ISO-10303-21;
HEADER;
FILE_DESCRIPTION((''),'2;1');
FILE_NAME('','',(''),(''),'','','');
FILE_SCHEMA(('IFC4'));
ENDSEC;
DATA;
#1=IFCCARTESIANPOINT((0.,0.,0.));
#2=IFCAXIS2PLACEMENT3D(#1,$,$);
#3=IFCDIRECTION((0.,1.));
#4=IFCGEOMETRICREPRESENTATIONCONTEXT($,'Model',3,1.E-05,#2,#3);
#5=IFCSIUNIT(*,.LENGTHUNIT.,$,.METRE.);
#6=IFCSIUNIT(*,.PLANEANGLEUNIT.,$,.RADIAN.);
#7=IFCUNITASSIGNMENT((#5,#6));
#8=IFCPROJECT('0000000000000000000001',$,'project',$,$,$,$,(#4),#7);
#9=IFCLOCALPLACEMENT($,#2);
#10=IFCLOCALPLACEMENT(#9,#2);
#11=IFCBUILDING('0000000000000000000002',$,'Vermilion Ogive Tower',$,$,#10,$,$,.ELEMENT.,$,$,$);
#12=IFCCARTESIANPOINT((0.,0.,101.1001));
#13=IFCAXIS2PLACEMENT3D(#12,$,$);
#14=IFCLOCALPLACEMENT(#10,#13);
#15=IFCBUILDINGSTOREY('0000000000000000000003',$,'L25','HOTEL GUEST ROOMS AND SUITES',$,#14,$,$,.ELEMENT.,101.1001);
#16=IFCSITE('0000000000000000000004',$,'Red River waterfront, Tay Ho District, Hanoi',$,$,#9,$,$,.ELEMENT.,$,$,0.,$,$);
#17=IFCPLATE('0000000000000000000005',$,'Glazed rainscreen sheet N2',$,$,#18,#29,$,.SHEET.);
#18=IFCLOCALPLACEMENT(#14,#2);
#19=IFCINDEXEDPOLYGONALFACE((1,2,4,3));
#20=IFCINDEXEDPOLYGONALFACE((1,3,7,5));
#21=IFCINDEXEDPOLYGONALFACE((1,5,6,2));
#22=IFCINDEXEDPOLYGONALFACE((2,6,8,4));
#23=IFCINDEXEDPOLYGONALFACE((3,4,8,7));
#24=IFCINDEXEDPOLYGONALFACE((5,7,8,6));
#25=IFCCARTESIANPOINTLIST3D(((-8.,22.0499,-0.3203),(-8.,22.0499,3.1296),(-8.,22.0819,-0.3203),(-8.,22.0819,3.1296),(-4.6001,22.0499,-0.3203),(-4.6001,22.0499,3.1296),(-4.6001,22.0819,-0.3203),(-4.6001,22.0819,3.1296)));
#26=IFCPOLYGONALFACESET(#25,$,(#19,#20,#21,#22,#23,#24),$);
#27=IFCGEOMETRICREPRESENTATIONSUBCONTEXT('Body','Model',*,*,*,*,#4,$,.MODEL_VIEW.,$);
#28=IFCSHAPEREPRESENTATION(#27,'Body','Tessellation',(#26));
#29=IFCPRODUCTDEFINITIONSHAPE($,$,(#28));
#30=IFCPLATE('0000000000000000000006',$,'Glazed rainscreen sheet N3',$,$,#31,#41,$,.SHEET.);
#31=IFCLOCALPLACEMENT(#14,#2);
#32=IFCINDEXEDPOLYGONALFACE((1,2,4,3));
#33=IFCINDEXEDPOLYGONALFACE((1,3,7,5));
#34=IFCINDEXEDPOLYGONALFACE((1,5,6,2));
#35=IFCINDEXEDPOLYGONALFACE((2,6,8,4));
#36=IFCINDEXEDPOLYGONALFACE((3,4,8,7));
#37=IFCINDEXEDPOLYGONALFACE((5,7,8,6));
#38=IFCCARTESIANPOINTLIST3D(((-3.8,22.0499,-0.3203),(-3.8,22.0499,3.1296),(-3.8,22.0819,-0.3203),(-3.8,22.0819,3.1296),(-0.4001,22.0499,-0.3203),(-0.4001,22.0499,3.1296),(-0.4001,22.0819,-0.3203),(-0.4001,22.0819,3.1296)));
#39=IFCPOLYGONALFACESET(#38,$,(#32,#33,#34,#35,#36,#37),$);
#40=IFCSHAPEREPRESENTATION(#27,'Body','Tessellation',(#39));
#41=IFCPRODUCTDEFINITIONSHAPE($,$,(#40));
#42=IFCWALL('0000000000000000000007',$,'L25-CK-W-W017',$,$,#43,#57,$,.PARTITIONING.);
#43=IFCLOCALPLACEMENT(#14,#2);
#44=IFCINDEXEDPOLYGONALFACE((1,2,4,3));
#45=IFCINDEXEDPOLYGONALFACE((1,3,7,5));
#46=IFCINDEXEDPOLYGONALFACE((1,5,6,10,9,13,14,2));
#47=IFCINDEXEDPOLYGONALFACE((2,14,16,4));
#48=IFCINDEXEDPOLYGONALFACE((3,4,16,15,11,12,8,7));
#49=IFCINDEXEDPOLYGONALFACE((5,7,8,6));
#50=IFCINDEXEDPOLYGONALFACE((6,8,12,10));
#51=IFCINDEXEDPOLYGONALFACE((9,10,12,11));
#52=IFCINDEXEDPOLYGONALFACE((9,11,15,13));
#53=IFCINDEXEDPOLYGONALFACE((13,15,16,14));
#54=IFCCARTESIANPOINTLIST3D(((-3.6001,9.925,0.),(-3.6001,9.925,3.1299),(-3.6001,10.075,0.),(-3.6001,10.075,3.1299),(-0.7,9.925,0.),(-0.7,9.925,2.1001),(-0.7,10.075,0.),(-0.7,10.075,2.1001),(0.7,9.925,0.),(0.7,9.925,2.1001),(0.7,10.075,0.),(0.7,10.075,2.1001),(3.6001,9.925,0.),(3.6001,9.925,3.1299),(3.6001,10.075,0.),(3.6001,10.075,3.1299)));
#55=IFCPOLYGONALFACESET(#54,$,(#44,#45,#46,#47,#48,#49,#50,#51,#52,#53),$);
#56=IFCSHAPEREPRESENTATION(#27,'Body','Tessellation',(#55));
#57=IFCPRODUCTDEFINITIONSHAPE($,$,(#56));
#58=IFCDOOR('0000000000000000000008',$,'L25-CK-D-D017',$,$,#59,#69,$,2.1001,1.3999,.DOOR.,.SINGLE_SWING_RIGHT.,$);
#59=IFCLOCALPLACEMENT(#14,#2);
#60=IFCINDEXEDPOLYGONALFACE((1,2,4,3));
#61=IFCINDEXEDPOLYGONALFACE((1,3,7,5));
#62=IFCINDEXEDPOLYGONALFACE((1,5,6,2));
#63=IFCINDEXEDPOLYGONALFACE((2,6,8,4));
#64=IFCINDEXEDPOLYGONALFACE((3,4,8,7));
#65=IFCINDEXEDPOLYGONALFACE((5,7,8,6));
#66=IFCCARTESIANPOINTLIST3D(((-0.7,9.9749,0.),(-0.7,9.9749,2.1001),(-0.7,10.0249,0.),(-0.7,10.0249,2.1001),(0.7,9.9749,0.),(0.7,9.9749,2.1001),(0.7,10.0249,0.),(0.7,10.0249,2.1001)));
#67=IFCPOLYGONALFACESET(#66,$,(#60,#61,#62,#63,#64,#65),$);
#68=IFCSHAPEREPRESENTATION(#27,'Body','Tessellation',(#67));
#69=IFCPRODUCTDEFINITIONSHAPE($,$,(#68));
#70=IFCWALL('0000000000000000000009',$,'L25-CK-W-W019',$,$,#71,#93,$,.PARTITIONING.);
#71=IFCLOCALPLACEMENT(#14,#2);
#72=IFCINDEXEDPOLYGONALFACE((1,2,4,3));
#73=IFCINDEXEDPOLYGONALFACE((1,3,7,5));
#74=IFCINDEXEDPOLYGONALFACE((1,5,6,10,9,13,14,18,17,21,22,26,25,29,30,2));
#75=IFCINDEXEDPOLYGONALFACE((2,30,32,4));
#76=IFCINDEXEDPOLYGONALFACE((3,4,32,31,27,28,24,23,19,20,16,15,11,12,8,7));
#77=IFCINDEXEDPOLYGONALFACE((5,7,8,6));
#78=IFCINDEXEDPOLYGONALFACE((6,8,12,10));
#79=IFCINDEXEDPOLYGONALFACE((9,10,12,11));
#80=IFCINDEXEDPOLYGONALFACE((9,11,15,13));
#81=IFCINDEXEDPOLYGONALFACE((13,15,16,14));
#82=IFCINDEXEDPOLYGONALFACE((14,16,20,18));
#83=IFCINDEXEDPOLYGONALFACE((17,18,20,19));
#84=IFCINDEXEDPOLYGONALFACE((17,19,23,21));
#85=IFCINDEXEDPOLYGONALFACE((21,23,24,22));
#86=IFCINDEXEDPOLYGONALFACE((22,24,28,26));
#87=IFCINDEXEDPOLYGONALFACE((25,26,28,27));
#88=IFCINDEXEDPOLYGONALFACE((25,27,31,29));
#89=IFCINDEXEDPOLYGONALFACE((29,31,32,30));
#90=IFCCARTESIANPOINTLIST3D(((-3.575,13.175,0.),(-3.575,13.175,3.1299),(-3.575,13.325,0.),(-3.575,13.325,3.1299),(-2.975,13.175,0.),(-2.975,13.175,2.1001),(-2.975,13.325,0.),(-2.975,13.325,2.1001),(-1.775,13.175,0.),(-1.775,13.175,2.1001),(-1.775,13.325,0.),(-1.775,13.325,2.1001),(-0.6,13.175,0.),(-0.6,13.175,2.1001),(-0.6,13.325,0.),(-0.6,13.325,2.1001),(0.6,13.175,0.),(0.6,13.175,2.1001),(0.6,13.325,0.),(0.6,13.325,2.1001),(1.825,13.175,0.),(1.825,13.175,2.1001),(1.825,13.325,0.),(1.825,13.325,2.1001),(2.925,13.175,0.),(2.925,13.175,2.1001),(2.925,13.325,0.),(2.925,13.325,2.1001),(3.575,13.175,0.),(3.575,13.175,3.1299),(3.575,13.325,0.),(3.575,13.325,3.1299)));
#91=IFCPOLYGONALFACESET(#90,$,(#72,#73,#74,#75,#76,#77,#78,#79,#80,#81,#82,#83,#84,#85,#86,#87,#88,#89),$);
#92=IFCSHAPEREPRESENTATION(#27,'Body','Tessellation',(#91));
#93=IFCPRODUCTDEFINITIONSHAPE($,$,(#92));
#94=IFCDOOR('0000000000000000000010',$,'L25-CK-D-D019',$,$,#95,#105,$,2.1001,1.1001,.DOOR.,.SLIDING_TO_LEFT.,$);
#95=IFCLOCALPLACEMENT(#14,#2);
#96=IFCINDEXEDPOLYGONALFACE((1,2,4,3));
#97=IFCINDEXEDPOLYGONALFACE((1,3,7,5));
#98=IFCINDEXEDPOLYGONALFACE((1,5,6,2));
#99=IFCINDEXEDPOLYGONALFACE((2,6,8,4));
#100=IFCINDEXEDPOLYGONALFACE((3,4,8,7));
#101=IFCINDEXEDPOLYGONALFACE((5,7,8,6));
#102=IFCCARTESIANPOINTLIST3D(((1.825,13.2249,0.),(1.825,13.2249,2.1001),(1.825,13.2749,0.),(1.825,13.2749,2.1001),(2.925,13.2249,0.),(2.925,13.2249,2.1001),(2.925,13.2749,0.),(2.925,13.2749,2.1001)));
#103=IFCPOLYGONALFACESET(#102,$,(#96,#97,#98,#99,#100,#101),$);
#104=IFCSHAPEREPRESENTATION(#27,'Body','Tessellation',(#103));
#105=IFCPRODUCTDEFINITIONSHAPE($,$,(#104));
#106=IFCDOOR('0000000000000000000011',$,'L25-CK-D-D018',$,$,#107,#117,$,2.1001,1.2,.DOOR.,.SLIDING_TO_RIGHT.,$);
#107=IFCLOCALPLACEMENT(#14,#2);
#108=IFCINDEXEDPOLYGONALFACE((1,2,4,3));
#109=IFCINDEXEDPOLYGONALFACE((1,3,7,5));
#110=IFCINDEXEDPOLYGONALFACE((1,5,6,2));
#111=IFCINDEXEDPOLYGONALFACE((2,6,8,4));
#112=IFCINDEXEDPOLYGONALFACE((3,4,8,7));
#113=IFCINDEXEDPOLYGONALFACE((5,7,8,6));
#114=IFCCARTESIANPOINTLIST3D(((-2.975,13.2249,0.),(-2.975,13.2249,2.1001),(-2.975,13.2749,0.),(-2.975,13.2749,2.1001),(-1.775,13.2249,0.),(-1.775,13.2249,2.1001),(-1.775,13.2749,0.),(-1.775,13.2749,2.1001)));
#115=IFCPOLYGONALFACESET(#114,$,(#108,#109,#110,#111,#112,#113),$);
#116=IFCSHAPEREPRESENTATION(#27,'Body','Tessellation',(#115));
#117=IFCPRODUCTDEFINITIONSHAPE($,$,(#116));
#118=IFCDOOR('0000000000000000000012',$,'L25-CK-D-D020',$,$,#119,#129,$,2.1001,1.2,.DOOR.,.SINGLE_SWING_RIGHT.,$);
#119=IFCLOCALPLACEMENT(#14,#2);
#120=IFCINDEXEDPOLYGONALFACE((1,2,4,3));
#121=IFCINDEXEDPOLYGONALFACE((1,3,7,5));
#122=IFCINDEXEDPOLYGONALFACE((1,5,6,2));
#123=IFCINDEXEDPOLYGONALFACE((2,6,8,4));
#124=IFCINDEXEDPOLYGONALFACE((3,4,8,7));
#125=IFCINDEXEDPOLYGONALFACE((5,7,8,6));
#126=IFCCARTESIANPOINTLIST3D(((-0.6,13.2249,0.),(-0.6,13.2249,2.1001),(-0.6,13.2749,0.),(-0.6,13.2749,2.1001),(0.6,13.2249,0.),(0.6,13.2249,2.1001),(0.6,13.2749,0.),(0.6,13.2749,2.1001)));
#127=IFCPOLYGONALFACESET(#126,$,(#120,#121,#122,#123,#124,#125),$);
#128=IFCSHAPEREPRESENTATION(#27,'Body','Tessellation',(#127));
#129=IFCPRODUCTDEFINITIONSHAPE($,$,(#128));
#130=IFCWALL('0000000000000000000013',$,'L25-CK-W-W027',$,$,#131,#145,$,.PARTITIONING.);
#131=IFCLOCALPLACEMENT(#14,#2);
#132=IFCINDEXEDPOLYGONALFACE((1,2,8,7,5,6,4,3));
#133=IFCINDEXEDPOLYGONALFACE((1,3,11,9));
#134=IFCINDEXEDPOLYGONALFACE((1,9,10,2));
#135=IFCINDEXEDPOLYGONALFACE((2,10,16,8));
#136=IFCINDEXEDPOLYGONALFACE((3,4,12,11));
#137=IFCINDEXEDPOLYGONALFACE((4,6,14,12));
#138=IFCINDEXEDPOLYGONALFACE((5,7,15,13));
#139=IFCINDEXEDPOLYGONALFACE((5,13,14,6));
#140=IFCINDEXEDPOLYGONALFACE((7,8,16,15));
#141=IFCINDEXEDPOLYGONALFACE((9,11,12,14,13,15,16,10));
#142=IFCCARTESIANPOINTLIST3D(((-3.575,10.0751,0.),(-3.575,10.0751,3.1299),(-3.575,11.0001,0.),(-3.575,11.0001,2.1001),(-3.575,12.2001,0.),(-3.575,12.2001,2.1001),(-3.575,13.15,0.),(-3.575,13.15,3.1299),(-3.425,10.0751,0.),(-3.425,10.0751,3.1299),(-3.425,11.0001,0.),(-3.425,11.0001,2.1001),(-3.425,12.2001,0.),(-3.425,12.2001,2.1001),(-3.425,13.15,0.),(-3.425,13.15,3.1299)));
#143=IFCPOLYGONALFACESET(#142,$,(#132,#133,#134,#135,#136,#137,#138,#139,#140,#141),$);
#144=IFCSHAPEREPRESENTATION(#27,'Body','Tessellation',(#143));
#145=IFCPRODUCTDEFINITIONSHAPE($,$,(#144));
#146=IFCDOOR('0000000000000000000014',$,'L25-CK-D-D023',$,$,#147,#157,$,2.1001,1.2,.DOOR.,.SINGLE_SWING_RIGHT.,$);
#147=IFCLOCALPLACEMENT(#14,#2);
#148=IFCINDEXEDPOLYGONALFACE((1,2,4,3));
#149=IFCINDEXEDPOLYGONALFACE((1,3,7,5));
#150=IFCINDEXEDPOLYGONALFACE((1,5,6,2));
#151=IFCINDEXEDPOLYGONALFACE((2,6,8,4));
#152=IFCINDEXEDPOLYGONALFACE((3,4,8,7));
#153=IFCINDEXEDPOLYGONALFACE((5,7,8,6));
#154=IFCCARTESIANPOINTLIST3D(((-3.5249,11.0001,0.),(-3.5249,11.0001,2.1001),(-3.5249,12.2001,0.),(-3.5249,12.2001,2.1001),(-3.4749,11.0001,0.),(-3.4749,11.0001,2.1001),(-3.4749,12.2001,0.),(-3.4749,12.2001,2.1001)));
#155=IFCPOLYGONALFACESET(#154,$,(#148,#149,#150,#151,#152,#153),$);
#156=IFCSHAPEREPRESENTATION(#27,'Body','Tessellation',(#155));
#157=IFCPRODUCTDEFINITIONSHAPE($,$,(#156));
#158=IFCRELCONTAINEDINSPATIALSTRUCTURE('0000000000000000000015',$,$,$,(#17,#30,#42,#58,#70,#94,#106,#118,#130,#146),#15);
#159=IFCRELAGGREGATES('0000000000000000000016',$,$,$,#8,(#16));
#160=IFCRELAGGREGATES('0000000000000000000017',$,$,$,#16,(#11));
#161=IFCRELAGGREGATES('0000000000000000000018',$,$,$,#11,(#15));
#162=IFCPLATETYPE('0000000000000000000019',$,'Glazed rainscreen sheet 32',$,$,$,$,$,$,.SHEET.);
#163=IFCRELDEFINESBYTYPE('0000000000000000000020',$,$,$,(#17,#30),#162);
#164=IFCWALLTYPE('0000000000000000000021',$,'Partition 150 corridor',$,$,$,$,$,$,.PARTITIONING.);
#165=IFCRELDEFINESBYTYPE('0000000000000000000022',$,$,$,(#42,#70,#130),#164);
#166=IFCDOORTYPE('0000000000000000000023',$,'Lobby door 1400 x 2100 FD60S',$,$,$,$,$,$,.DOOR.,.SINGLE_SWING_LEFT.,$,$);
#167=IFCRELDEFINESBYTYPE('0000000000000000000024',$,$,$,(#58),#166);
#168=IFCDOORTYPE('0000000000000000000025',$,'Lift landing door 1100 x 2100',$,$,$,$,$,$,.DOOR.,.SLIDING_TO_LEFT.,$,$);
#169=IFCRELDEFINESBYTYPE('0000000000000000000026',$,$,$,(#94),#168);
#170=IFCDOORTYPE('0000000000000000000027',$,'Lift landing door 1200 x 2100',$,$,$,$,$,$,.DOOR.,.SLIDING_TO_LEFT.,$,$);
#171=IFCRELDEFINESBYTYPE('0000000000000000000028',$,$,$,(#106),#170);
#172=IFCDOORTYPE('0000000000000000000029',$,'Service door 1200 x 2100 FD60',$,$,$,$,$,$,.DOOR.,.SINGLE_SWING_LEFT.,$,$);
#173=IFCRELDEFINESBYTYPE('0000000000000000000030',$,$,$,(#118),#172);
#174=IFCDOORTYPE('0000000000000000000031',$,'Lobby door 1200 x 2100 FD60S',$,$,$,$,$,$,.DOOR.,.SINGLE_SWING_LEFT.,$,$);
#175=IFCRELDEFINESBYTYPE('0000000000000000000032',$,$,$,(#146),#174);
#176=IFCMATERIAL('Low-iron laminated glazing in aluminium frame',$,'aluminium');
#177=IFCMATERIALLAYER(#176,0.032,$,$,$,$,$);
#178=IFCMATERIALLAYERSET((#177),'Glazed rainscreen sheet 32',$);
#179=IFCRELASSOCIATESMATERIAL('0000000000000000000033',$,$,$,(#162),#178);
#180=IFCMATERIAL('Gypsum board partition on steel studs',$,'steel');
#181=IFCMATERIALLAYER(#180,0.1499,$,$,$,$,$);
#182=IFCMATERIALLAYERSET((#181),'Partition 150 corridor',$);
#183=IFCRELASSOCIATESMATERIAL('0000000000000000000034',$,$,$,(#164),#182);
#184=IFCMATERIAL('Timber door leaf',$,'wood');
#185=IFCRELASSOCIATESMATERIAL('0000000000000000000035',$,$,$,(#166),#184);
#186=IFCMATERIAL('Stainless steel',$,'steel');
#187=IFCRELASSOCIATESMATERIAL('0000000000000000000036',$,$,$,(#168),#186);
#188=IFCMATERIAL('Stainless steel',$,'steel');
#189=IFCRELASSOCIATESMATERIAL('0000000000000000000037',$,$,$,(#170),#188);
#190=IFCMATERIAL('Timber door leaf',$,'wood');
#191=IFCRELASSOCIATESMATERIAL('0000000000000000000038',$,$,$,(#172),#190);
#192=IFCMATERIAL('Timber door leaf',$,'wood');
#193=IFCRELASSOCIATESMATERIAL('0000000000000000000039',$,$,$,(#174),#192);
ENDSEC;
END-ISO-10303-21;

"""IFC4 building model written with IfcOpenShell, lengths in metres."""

from ifc_helpers import new_model, si_unit, direction, frame, frame_2d, origin, origin_2d, place, context, subcontext, project, spatial, rectangle, extrude, material, layer, layer_set, type_object, element, fill, save


model = new_model("IFC4")

# Units and contexts
model_context = context("Model", 3, precision=1e-05, world=origin(), true_north=direction((0.0, 1.0)))
body_context = subcontext(model_context, "Body", "Model", "MODEL_VIEW")
ifc_project = project(units=[si_unit("LENGTHUNIT", "METRE"), si_unit("PLANEANGLEUNIT", "RADIAN")], contexts=[model_context])

# Site, building, storey
site_placement = place(None, origin())
site = spatial("IfcSite", under=ifc_project, at=site_placement, Name="Red River waterfront, Tay Ho District, Hanoi", CompositionType="ELEMENT", RefElevation=0.0)
building_placement = place(site_placement, origin())
building = spatial("IfcBuilding", under=site, at=building_placement, Name="Vermilion Ogive Tower", CompositionType="ELEMENT")
storey_placement = place(building_placement, frame((0.0, 0.0, 101.1001)))
storey = spatial("IfcBuildingStorey", under=building, at=storey_placement, Name="L25", Description="HOTEL GUEST ROOMS AND SUITES", CompositionType="ELEMENT", Elevation=101.1001)

# Plates
ifc_material_1 = material(Name="Low-iron laminated glazing in aluminium frame", Category="aluminium")
ifc_layer_1 = layer(ifc_material_1, 0.032)
ifc_layer_set_1 = layer_set([ifc_layer_1], Name="Glazed rainscreen sheet 32")
plate_type = type_object("IfcPlateType", Name="Glazed rainscreen sheet 32", PredefinedType="SHEET", material=ifc_layer_set_1)
for number, where, z_axis, x_axis, name in (
    (1, (-6.3, 22.0659, -0.3203), (0.0, 0.0, 1.0), (1.0, 0.0, 0.0), "Glazed rainscreen sheet N2"),
    (2, (-2.1001, 22.0659, -0.3203), (0.0, 0.0, 1.0), (1.0, 0.0, 0.0), "Glazed rainscreen sheet N3"),
):
    element("IfcPlate", number, at=place(storey_placement, frame(where, z_axis=z_axis, x_axis=x_axis)), inside=storey, type_object=plate_type, Name=name, PredefinedType="SHEET", context=body_context, shape_type="SweptSolid", body=[
        extrude(rectangle(XDim=3.3999, YDim=0.032, at=origin_2d()), origin(), (0.0, 0.0, 1.0), 3.45),
    ])

# Wall, opening, door
ifc_material_2 = material(Name="Gypsum board partition on steel studs", Category="steel")
ifc_layer_2 = layer(ifc_material_2, 0.1499)
ifc_layer_set_2 = layer_set([ifc_layer_2], Name="Partition 150 corridor")
wall_type_1 = type_object("IfcWallType", Name="Partition 150 corridor", PredefinedType="PARTITIONING", material=ifc_layer_set_2)
wall_1_placement = place(storey_placement, frame((-3.6001, 10.0, 0.0), z_axis=(0.0, 0.0, 1.0), x_axis=(1.0, 0.0, 0.0)))
wall_1 = element("IfcWall", 3, at=wall_1_placement, inside=storey, type_object=wall_type_1, Name="L25-CK-W-W017", PredefinedType="PARTITIONING", context=body_context, shape_type="SweptSolid", body=[
    extrude(rectangle(XDim=7.2002, YDim=0.1499, at=frame_2d((3.6001, 0.0))), origin(), (0.0, 0.0, 1.0), 3.1299),
])
opening_1_placement = place(wall_1_placement, frame((2.9001, 0.0, 0.0)))
opening_1 = element("IfcOpeningElement", 4, at=opening_1_placement, cuts=wall_1, PredefinedType="OPENING", context=body_context, shape_type="SweptSolid", body=[
    extrude(rectangle(XDim=1.3999, YDim=2.1001, at=frame_2d((0.7, 1.05))), frame((0.0, 0.085, 0.0), z_axis=(0.0, -1.0, 0.0), x_axis=(1.0, 0.0, 0.0)), (0.0, 0.0, 1.0), 0.1699),
])
ifc_material_3 = material(Name="Timber door leaf", Category="wood")
door_type_1 = type_object("IfcDoorType", Name="Lobby door 1400 x 2100 FD60S", OperationType="SINGLE_SWING_LEFT", PredefinedType="DOOR", material=ifc_material_3)
door_1_placement = place(opening_1_placement, origin())
door_1 = element("IfcDoor", 5, at=door_1_placement, inside=storey, type_object=door_type_1, Name="L25-CK-D-D017", OperationType="SINGLE_SWING_RIGHT", OverallHeight=2.1001, OverallWidth=1.3999, PredefinedType="DOOR", context=body_context, shape_type="SweptSolid", body=[
    extrude(rectangle(XDim=1.3999, YDim=2.1001, at=frame_2d((0.7, 1.05))), frame((0.0, 0.0249, 0.0), z_axis=(0.0, -1.0, 0.0), x_axis=(1.0, 0.0, 0.0)), (0.0, 0.0, 1.0), 0.05),
])
fill(opening_1, door_1)

# Wall, openings, doors
wall_2_placement = place(storey_placement, frame((-3.575, 13.25, 0.0), z_axis=(0.0, 0.0, 1.0), x_axis=(1.0, 0.0, 0.0)))
wall_2 = element("IfcWall", 6, at=wall_2_placement, inside=storey, type_object=wall_type_1, Name="L25-CK-W-W019", PredefinedType="PARTITIONING", context=body_context, shape_type="SweptSolid", body=[
    extrude(rectangle(XDim=7.1499, YDim=0.1499, at=frame_2d((3.575, 0.0))), origin(), (0.0, 0.0, 1.0), 3.1299),
])
opening_2_placement = place(wall_2_placement, frame((0.5999, 0.0, 0.0)))
opening_2 = element("IfcOpeningElement", 7, at=opening_2_placement, cuts=wall_2, PredefinedType="OPENING", context=body_context, shape_type="SweptSolid", body=[
    extrude(rectangle(XDim=1.2, YDim=2.1001, at=frame_2d((0.6001, 1.05))), frame((0.0, 0.085, 0.0), z_axis=(0.0, -1.0, 0.0), x_axis=(1.0, 0.0, 0.0)), (0.0, 0.0, 1.0), 0.1699),
])
opening_3_placement = place(wall_2_placement, frame((5.3999, 0.0, 0.0)))
opening_3 = element("IfcOpeningElement", 8, at=opening_3_placement, cuts=wall_2, PredefinedType="OPENING", context=body_context, shape_type="SweptSolid", body=[
    extrude(rectangle(XDim=1.1001, YDim=2.1001, at=frame_2d((0.55, 1.05))), frame((0.0, 0.085, 0.0), z_axis=(0.0, -1.0, 0.0), x_axis=(1.0, 0.0, 0.0)), (0.0, 0.0, 1.0), 0.1699),
])
opening_4_placement = place(wall_2_placement, frame((2.9749, 0.0, 0.0)))
opening_4 = element("IfcOpeningElement", 9, at=opening_4_placement, cuts=wall_2, PredefinedType="OPENING", context=body_context, shape_type="SweptSolid", body=[
    extrude(rectangle(XDim=1.2, YDim=2.1001, at=frame_2d((0.6001, 1.05))), frame((0.0, 0.085, 0.0), z_axis=(0.0, -1.0, 0.0), x_axis=(1.0, 0.0, 0.0)), (0.0, 0.0, 1.0), 0.1699),
])
ifc_material_4 = material(Name="Stainless steel", Category="steel")
door_type_2 = type_object("IfcDoorType", Name="Lift landing door 1100 x 2100", OperationType="SLIDING_TO_LEFT", PredefinedType="DOOR", material=ifc_material_4)
door_2_placement = place(opening_3_placement, origin())
door_2 = element("IfcDoor", 10, at=door_2_placement, inside=storey, type_object=door_type_2, Name="L25-CK-D-D019", OperationType="SLIDING_TO_LEFT", OverallHeight=2.1001, OverallWidth=1.1001, PredefinedType="DOOR", context=body_context, shape_type="SweptSolid", body=[
    extrude(rectangle(XDim=1.1001, YDim=2.1001, at=frame_2d((0.55, 1.05))), frame((0.0, 0.0249, 0.0), z_axis=(0.0, -1.0, 0.0), x_axis=(1.0, 0.0, 0.0)), (0.0, 0.0, 1.0), 0.05),
])
fill(opening_3, door_2)
ifc_material_5 = material(Name="Stainless steel", Category="steel")
door_type_3 = type_object("IfcDoorType", Name="Lift landing door 1200 x 2100", OperationType="SLIDING_TO_LEFT", PredefinedType="DOOR", material=ifc_material_5)
door_3_placement = place(opening_2_placement, origin())
door_3 = element("IfcDoor", 11, at=door_3_placement, inside=storey, type_object=door_type_3, Name="L25-CK-D-D018", OperationType="SLIDING_TO_RIGHT", OverallHeight=2.1001, OverallWidth=1.2, PredefinedType="DOOR", context=body_context, shape_type="SweptSolid", body=[
    extrude(rectangle(XDim=1.2, YDim=2.1001, at=frame_2d((0.6001, 1.05))), frame((0.0, 0.0249, 0.0), z_axis=(0.0, -1.0, 0.0), x_axis=(1.0, 0.0, 0.0)), (0.0, 0.0, 1.0), 0.05),
])
fill(opening_2, door_3)
ifc_material_6 = material(Name="Timber door leaf", Category="wood")
door_type_4 = type_object("IfcDoorType", Name="Service door 1200 x 2100 FD60", OperationType="SINGLE_SWING_LEFT", PredefinedType="DOOR", material=ifc_material_6)
door_4_placement = place(opening_4_placement, origin())
door_4 = element("IfcDoor", 12, at=door_4_placement, inside=storey, type_object=door_type_4, Name="L25-CK-D-D020", OperationType="SINGLE_SWING_RIGHT", OverallHeight=2.1001, OverallWidth=1.2, PredefinedType="DOOR", context=body_context, shape_type="SweptSolid", body=[
    extrude(rectangle(XDim=1.2, YDim=2.1001, at=frame_2d((0.6001, 1.05))), frame((0.0, 0.0249, 0.0), z_axis=(0.0, -1.0, 0.0), x_axis=(1.0, 0.0, 0.0)), (0.0, 0.0, 1.0), 0.05),
])
fill(opening_4, door_4)

# Wall, opening, door
wall_3_placement = place(storey_placement, frame((-3.5, 10.075, 0.0), z_axis=(0.0, 0.0, 1.0), x_axis=(0.0, 1.0, 0.0)))
wall_3 = element("IfcWall", 13, at=wall_3_placement, inside=storey, type_object=wall_type_1, Name="L25-CK-W-W027", PredefinedType="PARTITIONING", context=body_context, shape_type="SweptSolid", body=[
    extrude(rectangle(XDim=3.075, YDim=0.1499, at=frame_2d((1.5376, 0.0))), origin(), (0.0, 0.0, 1.0), 3.1299),
])
opening_5_placement = place(wall_3_placement, frame((0.925, 0.0, 0.0)))
opening_5 = element("IfcOpeningElement", 14, at=opening_5_placement, cuts=wall_3, PredefinedType="OPENING", context=body_context, shape_type="SweptSolid", body=[
    extrude(rectangle(XDim=1.2, YDim=2.1001, at=frame_2d((0.6001, 1.05))), frame((0.0, 0.085, 0.0), z_axis=(0.0, -1.0, 0.0), x_axis=(1.0, 0.0, 0.0)), (0.0, 0.0, 1.0), 0.1699),
])
ifc_material_7 = material(Name="Timber door leaf", Category="wood")
door_type_5 = type_object("IfcDoorType", Name="Lobby door 1200 x 2100 FD60S", OperationType="SINGLE_SWING_LEFT", PredefinedType="DOOR", material=ifc_material_7)
door_5_placement = place(opening_5_placement, origin())
door_5 = element("IfcDoor", 15, at=door_5_placement, inside=storey, type_object=door_type_5, Name="L25-CK-D-D023", OperationType="SINGLE_SWING_RIGHT", OverallHeight=2.1001, OverallWidth=1.2, PredefinedType="DOOR", context=body_context, shape_type="SweptSolid", body=[
    extrude(rectangle(XDim=1.2, YDim=2.1001, at=frame_2d((0.6001, 1.05))), frame((0.0, 0.0249, 0.0), z_axis=(0.0, -1.0, 0.0), x_axis=(1.0, 0.0, 0.0)), (0.0, 0.0, 1.0), 0.05),
])
fill(opening_5, door_5)

save(model, "model.ifc")
